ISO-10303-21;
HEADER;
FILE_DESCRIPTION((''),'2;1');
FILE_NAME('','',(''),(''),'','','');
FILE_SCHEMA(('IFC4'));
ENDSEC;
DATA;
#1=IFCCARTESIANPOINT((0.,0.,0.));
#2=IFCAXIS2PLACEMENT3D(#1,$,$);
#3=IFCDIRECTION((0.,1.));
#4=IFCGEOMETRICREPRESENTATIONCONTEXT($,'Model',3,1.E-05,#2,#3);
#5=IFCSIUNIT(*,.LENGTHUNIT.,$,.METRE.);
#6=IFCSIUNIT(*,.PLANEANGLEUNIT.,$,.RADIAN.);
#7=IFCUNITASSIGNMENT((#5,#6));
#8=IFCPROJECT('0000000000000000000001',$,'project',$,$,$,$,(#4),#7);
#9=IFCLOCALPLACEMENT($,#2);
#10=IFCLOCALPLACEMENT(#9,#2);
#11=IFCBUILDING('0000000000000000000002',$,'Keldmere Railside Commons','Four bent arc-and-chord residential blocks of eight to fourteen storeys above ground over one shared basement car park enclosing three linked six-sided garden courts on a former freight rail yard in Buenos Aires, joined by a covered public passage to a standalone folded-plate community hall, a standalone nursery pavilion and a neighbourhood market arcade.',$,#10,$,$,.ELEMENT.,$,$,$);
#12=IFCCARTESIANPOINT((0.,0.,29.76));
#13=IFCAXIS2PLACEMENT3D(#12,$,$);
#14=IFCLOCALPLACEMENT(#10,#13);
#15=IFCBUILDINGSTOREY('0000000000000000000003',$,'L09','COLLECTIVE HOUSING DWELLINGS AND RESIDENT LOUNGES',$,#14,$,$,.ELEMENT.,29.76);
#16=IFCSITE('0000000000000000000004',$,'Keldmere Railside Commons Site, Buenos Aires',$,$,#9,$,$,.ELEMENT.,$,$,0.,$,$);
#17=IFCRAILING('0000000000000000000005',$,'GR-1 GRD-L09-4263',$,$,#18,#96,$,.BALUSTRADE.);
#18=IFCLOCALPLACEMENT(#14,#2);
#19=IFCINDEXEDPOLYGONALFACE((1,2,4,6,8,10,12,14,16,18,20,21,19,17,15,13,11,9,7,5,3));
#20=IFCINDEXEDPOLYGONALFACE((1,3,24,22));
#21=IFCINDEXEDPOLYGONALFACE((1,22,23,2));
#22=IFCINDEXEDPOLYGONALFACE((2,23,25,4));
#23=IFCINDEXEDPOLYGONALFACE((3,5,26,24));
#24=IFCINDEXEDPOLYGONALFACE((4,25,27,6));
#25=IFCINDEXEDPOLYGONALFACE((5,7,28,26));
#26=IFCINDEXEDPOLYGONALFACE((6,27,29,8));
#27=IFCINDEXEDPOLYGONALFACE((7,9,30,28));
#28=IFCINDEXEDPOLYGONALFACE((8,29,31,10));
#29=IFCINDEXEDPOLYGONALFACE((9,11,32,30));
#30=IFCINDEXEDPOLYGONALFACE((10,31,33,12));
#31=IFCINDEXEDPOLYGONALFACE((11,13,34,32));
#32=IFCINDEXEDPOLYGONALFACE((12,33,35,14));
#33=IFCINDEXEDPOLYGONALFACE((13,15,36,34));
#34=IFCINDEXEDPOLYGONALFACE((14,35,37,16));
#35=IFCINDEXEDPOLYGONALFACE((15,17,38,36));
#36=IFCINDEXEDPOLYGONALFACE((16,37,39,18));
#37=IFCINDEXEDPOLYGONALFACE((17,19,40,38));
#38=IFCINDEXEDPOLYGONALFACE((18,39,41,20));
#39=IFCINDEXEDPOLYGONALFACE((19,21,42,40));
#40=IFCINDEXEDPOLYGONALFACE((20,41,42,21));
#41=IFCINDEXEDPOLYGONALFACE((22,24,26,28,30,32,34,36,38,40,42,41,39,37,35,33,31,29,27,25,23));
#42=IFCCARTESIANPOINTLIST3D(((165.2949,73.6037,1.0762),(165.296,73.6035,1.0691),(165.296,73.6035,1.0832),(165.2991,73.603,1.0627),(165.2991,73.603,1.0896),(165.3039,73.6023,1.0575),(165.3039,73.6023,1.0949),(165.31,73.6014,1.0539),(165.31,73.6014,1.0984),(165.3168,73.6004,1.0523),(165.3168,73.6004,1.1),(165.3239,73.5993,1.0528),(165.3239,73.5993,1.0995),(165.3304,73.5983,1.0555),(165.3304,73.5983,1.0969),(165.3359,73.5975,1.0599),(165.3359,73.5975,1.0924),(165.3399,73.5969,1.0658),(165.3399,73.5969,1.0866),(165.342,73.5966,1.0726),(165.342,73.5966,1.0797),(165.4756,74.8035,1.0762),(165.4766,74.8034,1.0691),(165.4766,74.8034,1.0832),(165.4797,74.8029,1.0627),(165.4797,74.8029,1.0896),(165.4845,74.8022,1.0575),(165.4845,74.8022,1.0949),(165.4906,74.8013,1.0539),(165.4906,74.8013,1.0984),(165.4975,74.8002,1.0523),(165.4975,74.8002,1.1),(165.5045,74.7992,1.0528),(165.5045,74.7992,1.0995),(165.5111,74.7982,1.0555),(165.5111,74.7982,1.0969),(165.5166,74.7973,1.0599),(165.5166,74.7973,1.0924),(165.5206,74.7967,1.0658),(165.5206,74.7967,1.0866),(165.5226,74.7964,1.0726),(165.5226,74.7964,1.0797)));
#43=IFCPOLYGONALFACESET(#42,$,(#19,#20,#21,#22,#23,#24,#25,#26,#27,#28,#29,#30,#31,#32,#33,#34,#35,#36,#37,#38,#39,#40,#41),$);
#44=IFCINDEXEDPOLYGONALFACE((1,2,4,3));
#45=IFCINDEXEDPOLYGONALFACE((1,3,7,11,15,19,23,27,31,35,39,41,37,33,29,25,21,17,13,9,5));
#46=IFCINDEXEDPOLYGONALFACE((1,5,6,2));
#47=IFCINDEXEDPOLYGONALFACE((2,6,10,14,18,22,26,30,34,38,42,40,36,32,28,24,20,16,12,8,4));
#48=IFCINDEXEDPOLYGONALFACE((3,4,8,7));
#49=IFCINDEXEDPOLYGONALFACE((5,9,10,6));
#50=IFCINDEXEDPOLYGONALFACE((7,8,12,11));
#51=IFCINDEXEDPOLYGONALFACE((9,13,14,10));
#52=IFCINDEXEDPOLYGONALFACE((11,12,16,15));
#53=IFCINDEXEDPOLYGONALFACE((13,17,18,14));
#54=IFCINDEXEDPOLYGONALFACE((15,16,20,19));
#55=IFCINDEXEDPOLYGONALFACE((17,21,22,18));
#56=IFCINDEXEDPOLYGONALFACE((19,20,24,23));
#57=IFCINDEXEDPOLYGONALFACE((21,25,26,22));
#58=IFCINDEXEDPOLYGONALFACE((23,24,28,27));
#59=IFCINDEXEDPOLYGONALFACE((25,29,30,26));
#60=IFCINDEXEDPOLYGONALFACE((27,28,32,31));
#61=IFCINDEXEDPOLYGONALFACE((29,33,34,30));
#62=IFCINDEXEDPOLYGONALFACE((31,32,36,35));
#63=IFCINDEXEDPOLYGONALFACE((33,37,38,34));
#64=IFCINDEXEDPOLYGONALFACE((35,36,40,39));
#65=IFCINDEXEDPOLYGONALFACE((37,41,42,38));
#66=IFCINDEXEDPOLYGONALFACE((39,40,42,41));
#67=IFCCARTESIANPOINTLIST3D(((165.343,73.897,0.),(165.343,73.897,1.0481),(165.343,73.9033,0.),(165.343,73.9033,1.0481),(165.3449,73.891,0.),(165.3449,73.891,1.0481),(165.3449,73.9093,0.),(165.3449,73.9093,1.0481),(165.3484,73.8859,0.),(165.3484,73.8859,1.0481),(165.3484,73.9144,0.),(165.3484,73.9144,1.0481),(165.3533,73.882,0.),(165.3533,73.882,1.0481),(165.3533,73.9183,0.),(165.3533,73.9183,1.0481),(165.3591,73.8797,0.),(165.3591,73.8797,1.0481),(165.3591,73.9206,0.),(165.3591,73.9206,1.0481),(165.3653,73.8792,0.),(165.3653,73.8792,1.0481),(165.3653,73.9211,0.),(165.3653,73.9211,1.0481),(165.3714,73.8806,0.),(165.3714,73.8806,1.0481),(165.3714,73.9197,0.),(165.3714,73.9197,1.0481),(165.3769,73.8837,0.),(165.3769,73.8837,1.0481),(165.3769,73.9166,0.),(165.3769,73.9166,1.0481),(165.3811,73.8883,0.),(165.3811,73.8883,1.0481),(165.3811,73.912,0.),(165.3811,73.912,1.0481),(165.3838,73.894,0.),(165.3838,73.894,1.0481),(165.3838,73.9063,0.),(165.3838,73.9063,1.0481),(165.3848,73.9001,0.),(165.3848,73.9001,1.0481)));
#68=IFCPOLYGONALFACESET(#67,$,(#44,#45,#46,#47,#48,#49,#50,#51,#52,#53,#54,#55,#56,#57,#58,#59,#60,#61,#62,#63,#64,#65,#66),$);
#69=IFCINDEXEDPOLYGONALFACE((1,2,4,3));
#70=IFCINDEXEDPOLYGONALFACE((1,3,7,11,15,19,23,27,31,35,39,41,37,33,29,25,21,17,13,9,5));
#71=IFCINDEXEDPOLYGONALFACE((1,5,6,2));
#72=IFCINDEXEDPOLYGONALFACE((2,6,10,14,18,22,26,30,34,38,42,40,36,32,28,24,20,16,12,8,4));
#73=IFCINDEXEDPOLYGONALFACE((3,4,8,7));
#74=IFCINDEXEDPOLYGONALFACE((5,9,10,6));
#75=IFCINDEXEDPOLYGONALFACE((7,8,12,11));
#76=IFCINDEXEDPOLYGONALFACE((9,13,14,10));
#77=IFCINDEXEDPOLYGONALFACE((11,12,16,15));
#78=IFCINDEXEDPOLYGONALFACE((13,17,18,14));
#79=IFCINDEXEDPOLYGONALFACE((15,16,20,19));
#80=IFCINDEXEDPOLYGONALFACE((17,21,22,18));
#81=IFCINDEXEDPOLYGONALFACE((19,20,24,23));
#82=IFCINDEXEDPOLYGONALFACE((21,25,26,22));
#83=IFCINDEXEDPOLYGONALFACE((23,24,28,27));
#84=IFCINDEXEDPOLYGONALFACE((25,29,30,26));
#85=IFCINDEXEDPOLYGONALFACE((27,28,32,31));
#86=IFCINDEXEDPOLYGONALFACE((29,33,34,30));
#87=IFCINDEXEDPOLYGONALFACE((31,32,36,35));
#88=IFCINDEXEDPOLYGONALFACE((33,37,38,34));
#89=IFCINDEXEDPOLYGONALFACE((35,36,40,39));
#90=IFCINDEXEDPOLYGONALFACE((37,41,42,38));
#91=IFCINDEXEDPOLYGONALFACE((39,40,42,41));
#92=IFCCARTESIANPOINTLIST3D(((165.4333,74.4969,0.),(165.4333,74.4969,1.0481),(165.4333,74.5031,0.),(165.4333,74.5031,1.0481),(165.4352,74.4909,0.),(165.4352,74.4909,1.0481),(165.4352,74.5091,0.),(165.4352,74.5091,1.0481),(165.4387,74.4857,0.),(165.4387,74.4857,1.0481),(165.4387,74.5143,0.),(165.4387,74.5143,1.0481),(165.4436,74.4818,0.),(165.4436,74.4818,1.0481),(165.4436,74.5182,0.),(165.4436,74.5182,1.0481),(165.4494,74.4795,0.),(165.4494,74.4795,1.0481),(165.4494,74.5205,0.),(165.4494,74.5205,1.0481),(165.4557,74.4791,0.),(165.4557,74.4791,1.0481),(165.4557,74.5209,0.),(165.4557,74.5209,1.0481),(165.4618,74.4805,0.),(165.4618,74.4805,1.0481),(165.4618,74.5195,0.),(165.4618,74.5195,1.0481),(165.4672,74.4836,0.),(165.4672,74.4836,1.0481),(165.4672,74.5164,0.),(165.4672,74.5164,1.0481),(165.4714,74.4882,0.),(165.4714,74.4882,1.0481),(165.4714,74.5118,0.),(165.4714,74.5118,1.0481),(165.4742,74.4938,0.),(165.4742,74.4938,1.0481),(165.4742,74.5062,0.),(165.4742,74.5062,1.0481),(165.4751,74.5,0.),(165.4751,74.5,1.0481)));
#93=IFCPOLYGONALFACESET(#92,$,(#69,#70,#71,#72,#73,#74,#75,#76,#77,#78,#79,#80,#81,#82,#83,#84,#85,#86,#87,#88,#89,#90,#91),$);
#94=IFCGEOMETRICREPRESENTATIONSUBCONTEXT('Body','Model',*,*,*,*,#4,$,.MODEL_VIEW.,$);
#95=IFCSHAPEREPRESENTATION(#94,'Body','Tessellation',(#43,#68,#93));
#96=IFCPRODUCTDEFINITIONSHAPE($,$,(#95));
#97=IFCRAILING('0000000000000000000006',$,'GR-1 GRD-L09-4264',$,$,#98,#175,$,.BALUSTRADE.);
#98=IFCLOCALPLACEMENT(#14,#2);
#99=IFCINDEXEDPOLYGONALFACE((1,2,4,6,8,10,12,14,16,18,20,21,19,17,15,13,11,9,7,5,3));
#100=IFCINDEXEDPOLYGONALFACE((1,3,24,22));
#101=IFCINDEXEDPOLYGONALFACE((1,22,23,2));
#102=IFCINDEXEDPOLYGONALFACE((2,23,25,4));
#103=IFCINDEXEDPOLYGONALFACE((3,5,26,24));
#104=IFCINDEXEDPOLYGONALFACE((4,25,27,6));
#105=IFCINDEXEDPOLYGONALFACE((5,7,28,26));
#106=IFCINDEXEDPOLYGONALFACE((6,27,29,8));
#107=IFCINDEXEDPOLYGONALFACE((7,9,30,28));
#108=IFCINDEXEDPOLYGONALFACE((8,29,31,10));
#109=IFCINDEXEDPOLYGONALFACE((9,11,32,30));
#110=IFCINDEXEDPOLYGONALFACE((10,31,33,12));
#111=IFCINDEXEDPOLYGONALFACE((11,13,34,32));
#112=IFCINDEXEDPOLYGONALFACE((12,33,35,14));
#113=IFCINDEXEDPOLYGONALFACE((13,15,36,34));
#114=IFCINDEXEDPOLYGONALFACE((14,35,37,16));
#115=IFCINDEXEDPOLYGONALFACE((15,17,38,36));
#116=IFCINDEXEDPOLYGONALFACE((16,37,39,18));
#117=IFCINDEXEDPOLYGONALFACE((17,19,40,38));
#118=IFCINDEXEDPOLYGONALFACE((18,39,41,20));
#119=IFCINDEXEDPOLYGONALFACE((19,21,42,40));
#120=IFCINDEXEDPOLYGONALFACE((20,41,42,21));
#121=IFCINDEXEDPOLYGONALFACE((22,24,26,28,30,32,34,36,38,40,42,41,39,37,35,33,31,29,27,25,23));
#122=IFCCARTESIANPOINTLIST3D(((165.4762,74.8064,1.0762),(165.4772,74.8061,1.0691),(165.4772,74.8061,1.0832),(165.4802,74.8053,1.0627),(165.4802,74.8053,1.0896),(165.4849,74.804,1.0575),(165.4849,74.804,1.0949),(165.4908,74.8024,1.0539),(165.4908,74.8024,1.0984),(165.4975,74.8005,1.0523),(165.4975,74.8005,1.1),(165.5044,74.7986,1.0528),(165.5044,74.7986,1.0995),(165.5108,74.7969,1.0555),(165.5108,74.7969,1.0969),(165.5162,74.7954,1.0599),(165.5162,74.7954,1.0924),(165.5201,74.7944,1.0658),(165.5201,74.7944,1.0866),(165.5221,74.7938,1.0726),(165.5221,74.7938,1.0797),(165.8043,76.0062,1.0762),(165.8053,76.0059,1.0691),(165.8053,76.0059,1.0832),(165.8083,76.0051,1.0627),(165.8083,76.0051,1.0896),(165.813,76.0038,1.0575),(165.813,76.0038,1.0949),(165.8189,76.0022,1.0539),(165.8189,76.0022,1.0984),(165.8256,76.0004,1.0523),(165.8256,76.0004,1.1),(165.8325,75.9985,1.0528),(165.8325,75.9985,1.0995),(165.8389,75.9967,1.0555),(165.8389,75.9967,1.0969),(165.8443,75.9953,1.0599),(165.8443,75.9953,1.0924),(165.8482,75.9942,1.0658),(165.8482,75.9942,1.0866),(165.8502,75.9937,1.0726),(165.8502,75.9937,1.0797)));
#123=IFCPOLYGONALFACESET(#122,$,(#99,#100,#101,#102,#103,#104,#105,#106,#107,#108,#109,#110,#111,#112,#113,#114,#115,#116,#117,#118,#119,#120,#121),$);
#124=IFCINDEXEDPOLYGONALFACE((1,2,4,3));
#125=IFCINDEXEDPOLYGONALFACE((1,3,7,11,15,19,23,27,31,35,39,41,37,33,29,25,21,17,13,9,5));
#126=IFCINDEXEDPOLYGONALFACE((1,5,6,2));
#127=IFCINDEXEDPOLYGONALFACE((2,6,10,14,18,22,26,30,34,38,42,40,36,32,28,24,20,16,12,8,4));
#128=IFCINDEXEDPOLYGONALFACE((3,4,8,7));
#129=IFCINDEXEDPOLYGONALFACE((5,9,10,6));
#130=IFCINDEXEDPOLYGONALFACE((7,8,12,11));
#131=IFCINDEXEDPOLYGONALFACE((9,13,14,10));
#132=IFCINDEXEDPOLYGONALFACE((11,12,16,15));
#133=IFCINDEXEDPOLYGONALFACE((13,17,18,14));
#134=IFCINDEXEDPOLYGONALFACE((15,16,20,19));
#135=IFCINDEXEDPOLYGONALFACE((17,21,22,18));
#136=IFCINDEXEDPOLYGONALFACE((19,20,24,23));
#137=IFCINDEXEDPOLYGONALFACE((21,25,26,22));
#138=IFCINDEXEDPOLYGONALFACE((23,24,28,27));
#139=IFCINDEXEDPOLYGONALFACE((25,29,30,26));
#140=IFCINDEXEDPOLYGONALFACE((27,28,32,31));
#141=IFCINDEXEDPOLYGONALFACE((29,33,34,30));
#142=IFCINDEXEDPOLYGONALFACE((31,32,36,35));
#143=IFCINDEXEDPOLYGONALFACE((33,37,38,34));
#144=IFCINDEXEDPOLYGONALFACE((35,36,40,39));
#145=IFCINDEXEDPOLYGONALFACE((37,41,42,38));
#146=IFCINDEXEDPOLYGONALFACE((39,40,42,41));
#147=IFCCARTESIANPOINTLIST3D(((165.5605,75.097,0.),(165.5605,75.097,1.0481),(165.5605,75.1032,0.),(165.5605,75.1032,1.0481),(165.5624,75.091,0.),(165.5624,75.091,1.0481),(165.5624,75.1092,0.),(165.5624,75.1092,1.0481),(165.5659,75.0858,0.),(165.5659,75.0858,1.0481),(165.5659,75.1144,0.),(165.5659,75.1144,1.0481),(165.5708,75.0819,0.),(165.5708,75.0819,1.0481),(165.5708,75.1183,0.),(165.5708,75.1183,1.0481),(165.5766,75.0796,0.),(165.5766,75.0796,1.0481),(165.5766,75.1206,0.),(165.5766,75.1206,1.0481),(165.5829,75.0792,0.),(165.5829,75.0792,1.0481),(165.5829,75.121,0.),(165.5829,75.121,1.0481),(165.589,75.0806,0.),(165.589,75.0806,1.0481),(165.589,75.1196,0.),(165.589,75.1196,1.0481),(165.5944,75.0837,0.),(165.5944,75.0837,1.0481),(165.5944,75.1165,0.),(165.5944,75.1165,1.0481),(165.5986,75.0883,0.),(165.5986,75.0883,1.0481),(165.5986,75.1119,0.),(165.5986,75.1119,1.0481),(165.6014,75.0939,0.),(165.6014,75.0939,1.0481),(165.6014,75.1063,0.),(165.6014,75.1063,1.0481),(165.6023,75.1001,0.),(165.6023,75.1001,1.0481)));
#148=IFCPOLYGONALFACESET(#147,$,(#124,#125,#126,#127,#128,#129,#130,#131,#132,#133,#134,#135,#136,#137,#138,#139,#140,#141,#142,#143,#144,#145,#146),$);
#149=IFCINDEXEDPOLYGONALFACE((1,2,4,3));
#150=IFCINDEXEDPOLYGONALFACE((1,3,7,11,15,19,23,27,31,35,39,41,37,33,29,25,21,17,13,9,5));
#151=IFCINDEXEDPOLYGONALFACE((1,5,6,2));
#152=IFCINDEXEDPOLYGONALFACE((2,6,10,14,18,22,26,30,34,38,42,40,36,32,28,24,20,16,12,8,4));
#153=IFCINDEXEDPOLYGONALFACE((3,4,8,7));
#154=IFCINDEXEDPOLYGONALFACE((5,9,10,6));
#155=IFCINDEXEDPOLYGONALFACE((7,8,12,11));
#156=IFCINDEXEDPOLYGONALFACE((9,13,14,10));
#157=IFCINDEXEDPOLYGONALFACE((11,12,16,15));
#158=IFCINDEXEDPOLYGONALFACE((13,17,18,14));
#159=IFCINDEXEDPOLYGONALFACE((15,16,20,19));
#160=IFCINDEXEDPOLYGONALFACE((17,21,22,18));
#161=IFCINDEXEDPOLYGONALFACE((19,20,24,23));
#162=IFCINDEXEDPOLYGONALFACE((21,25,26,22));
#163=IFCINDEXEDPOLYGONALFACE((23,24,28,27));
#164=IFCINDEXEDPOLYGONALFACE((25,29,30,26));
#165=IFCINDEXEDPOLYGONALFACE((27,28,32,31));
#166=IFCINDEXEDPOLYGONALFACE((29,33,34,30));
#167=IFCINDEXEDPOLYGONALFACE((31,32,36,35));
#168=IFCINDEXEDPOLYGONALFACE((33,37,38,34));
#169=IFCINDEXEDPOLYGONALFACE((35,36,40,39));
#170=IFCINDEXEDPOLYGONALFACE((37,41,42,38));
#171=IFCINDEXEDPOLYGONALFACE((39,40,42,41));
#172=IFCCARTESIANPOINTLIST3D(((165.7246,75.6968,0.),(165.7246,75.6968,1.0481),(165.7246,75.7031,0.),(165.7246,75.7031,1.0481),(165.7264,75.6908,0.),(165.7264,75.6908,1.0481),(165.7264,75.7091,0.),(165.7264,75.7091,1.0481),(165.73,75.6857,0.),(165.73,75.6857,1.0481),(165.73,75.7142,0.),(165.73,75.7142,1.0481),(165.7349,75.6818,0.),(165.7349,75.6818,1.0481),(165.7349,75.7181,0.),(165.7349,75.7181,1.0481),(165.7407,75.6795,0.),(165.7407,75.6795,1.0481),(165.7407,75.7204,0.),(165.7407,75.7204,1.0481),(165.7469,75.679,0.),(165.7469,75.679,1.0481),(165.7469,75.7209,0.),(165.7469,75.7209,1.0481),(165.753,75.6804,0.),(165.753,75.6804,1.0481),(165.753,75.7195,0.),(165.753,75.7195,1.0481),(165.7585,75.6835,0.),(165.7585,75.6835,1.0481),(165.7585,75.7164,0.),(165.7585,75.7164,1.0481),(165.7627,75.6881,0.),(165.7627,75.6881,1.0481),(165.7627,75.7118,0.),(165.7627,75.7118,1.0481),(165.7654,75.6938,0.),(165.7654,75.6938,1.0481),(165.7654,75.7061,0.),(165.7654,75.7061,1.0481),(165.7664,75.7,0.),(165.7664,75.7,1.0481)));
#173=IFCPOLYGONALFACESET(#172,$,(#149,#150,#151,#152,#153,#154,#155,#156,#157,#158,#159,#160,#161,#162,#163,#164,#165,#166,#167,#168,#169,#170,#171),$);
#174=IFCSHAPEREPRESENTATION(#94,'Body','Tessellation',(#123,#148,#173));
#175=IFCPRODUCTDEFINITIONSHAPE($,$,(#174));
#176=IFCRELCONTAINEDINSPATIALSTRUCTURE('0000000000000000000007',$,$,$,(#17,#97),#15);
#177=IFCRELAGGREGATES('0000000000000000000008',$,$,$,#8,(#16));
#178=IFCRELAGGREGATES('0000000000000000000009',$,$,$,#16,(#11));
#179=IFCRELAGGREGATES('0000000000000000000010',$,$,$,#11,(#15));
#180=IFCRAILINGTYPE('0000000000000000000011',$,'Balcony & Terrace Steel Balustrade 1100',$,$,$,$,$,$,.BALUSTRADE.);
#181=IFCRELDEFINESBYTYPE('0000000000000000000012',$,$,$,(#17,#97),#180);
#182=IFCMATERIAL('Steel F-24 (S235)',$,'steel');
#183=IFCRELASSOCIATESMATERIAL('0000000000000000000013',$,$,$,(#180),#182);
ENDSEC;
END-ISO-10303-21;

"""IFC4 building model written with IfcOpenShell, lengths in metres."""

from ifc_helpers import new_model, si_unit, direction, frame, origin, origin_2d, place, context, subcontext, project, spatial, circle, extrude, material, type_object, element, save


model = new_model("IFC4")

# Units and contexts
model_context = context("Model", 3, precision=1e-05, world=origin(), true_north=direction((0.0, 1.0)))
body_context = subcontext(model_context, "Body", "Model", "MODEL_VIEW")
ifc_project = project(units=[si_unit("LENGTHUNIT", "METRE"), si_unit("PLANEANGLEUNIT", "RADIAN")], contexts=[model_context])

# Site, building, storey
site_placement = place(None, origin())
site = spatial("IfcSite", under=ifc_project, at=site_placement, Name="Keldmere Railside Commons Site, Buenos Aires", CompositionType="ELEMENT", RefElevation=0.0)
building_placement = place(site_placement, origin())
building = spatial("IfcBuilding", under=site, at=building_placement, Name="Keldmere Railside Commons", Description="Four bent arc-and-chord residential blocks of eight to fourteen storeys above ground over one shared basement car park enclosing three linked six-sided garden courts on a former freight rail yard in Buenos Aires, joined by a covered public passage to a standalone folded-plate community hall, a standalone nursery pavilion and a neighbourhood market arcade.", CompositionType="ELEMENT")
storey_placement = place(building_placement, frame((0.0, 0.0, 29.76)))
storey = spatial("IfcBuildingStorey", under=building, at=storey_placement, Name="L09", Description="COLLECTIVE HOUSING DWELLINGS AND RESIDENT LOUNGES", CompositionType="ELEMENT", Elevation=29.76)

# Railings
ifc_material_1 = material(Name="Steel F-24 (S235)", Category="steel")
railing_type = type_object("IfcRailingType", Name="Balcony & Terrace Steel Balustrade 1100", PredefinedType="BALUSTRADE", material=ifc_material_1)
railing_1_placement = place(storey_placement, frame((165.3186, 73.6001, 0.0)))
element("IfcRailing", 1, at=railing_1_placement, inside=storey, type_object=railing_type, Name="GR-1 GRD-L09-4263", PredefinedType="BALUSTRADE", context=body_context, shape_type="SweptSolid", body=[
    extrude(circle(Radius=0.0239, at=origin_2d()), frame((0.0, 0.0, 1.0762), z_axis=(0.148882, 0.988855, 0.0), x_axis=(-0.988855, 0.148882, 0.0)), (0.0, 0.0, 1.0), 1.2134),
    extrude(circle(Radius=0.021, at=origin_2d()), frame((0.0452, 0.3, 0.0)), (0.0, 0.0, 1.0), 1.0481),
    extrude(circle(Radius=0.021, at=origin_2d()), frame((0.1355, 0.8999, 0.0)), (0.0, 0.0, 1.0), 1.0481),
])
railing_2_placement = place(storey_placement, frame((165.4993, 74.8, 0.0)))
element("IfcRailing", 2, at=railing_2_placement, inside=storey, type_object=railing_type, Name="GR-1 GRD-L09-4264", PredefinedType="BALUSTRADE", context=body_context, shape_type="SweptSolid", body=[
    extrude(circle(Radius=0.0239, at=origin_2d()), frame((0.0, 0.0, 1.0762), z_axis=(0.263765, 0.964587, 0.0), x_axis=(-0.964587, 0.263765, 0.0)), (0.0, 0.0, 1.0), 1.2439),
    extrude(circle(Radius=0.021, at=origin_2d()), frame((0.082, 0.3, 0.0)), (0.0, 0.0, 1.0), 1.0481),
    extrude(circle(Radius=0.021, at=origin_2d()), frame((0.2461, 0.8999, 0.0)), (0.0, 0.0, 1.0), 1.0481),
])

save(model, "model.ifc")
